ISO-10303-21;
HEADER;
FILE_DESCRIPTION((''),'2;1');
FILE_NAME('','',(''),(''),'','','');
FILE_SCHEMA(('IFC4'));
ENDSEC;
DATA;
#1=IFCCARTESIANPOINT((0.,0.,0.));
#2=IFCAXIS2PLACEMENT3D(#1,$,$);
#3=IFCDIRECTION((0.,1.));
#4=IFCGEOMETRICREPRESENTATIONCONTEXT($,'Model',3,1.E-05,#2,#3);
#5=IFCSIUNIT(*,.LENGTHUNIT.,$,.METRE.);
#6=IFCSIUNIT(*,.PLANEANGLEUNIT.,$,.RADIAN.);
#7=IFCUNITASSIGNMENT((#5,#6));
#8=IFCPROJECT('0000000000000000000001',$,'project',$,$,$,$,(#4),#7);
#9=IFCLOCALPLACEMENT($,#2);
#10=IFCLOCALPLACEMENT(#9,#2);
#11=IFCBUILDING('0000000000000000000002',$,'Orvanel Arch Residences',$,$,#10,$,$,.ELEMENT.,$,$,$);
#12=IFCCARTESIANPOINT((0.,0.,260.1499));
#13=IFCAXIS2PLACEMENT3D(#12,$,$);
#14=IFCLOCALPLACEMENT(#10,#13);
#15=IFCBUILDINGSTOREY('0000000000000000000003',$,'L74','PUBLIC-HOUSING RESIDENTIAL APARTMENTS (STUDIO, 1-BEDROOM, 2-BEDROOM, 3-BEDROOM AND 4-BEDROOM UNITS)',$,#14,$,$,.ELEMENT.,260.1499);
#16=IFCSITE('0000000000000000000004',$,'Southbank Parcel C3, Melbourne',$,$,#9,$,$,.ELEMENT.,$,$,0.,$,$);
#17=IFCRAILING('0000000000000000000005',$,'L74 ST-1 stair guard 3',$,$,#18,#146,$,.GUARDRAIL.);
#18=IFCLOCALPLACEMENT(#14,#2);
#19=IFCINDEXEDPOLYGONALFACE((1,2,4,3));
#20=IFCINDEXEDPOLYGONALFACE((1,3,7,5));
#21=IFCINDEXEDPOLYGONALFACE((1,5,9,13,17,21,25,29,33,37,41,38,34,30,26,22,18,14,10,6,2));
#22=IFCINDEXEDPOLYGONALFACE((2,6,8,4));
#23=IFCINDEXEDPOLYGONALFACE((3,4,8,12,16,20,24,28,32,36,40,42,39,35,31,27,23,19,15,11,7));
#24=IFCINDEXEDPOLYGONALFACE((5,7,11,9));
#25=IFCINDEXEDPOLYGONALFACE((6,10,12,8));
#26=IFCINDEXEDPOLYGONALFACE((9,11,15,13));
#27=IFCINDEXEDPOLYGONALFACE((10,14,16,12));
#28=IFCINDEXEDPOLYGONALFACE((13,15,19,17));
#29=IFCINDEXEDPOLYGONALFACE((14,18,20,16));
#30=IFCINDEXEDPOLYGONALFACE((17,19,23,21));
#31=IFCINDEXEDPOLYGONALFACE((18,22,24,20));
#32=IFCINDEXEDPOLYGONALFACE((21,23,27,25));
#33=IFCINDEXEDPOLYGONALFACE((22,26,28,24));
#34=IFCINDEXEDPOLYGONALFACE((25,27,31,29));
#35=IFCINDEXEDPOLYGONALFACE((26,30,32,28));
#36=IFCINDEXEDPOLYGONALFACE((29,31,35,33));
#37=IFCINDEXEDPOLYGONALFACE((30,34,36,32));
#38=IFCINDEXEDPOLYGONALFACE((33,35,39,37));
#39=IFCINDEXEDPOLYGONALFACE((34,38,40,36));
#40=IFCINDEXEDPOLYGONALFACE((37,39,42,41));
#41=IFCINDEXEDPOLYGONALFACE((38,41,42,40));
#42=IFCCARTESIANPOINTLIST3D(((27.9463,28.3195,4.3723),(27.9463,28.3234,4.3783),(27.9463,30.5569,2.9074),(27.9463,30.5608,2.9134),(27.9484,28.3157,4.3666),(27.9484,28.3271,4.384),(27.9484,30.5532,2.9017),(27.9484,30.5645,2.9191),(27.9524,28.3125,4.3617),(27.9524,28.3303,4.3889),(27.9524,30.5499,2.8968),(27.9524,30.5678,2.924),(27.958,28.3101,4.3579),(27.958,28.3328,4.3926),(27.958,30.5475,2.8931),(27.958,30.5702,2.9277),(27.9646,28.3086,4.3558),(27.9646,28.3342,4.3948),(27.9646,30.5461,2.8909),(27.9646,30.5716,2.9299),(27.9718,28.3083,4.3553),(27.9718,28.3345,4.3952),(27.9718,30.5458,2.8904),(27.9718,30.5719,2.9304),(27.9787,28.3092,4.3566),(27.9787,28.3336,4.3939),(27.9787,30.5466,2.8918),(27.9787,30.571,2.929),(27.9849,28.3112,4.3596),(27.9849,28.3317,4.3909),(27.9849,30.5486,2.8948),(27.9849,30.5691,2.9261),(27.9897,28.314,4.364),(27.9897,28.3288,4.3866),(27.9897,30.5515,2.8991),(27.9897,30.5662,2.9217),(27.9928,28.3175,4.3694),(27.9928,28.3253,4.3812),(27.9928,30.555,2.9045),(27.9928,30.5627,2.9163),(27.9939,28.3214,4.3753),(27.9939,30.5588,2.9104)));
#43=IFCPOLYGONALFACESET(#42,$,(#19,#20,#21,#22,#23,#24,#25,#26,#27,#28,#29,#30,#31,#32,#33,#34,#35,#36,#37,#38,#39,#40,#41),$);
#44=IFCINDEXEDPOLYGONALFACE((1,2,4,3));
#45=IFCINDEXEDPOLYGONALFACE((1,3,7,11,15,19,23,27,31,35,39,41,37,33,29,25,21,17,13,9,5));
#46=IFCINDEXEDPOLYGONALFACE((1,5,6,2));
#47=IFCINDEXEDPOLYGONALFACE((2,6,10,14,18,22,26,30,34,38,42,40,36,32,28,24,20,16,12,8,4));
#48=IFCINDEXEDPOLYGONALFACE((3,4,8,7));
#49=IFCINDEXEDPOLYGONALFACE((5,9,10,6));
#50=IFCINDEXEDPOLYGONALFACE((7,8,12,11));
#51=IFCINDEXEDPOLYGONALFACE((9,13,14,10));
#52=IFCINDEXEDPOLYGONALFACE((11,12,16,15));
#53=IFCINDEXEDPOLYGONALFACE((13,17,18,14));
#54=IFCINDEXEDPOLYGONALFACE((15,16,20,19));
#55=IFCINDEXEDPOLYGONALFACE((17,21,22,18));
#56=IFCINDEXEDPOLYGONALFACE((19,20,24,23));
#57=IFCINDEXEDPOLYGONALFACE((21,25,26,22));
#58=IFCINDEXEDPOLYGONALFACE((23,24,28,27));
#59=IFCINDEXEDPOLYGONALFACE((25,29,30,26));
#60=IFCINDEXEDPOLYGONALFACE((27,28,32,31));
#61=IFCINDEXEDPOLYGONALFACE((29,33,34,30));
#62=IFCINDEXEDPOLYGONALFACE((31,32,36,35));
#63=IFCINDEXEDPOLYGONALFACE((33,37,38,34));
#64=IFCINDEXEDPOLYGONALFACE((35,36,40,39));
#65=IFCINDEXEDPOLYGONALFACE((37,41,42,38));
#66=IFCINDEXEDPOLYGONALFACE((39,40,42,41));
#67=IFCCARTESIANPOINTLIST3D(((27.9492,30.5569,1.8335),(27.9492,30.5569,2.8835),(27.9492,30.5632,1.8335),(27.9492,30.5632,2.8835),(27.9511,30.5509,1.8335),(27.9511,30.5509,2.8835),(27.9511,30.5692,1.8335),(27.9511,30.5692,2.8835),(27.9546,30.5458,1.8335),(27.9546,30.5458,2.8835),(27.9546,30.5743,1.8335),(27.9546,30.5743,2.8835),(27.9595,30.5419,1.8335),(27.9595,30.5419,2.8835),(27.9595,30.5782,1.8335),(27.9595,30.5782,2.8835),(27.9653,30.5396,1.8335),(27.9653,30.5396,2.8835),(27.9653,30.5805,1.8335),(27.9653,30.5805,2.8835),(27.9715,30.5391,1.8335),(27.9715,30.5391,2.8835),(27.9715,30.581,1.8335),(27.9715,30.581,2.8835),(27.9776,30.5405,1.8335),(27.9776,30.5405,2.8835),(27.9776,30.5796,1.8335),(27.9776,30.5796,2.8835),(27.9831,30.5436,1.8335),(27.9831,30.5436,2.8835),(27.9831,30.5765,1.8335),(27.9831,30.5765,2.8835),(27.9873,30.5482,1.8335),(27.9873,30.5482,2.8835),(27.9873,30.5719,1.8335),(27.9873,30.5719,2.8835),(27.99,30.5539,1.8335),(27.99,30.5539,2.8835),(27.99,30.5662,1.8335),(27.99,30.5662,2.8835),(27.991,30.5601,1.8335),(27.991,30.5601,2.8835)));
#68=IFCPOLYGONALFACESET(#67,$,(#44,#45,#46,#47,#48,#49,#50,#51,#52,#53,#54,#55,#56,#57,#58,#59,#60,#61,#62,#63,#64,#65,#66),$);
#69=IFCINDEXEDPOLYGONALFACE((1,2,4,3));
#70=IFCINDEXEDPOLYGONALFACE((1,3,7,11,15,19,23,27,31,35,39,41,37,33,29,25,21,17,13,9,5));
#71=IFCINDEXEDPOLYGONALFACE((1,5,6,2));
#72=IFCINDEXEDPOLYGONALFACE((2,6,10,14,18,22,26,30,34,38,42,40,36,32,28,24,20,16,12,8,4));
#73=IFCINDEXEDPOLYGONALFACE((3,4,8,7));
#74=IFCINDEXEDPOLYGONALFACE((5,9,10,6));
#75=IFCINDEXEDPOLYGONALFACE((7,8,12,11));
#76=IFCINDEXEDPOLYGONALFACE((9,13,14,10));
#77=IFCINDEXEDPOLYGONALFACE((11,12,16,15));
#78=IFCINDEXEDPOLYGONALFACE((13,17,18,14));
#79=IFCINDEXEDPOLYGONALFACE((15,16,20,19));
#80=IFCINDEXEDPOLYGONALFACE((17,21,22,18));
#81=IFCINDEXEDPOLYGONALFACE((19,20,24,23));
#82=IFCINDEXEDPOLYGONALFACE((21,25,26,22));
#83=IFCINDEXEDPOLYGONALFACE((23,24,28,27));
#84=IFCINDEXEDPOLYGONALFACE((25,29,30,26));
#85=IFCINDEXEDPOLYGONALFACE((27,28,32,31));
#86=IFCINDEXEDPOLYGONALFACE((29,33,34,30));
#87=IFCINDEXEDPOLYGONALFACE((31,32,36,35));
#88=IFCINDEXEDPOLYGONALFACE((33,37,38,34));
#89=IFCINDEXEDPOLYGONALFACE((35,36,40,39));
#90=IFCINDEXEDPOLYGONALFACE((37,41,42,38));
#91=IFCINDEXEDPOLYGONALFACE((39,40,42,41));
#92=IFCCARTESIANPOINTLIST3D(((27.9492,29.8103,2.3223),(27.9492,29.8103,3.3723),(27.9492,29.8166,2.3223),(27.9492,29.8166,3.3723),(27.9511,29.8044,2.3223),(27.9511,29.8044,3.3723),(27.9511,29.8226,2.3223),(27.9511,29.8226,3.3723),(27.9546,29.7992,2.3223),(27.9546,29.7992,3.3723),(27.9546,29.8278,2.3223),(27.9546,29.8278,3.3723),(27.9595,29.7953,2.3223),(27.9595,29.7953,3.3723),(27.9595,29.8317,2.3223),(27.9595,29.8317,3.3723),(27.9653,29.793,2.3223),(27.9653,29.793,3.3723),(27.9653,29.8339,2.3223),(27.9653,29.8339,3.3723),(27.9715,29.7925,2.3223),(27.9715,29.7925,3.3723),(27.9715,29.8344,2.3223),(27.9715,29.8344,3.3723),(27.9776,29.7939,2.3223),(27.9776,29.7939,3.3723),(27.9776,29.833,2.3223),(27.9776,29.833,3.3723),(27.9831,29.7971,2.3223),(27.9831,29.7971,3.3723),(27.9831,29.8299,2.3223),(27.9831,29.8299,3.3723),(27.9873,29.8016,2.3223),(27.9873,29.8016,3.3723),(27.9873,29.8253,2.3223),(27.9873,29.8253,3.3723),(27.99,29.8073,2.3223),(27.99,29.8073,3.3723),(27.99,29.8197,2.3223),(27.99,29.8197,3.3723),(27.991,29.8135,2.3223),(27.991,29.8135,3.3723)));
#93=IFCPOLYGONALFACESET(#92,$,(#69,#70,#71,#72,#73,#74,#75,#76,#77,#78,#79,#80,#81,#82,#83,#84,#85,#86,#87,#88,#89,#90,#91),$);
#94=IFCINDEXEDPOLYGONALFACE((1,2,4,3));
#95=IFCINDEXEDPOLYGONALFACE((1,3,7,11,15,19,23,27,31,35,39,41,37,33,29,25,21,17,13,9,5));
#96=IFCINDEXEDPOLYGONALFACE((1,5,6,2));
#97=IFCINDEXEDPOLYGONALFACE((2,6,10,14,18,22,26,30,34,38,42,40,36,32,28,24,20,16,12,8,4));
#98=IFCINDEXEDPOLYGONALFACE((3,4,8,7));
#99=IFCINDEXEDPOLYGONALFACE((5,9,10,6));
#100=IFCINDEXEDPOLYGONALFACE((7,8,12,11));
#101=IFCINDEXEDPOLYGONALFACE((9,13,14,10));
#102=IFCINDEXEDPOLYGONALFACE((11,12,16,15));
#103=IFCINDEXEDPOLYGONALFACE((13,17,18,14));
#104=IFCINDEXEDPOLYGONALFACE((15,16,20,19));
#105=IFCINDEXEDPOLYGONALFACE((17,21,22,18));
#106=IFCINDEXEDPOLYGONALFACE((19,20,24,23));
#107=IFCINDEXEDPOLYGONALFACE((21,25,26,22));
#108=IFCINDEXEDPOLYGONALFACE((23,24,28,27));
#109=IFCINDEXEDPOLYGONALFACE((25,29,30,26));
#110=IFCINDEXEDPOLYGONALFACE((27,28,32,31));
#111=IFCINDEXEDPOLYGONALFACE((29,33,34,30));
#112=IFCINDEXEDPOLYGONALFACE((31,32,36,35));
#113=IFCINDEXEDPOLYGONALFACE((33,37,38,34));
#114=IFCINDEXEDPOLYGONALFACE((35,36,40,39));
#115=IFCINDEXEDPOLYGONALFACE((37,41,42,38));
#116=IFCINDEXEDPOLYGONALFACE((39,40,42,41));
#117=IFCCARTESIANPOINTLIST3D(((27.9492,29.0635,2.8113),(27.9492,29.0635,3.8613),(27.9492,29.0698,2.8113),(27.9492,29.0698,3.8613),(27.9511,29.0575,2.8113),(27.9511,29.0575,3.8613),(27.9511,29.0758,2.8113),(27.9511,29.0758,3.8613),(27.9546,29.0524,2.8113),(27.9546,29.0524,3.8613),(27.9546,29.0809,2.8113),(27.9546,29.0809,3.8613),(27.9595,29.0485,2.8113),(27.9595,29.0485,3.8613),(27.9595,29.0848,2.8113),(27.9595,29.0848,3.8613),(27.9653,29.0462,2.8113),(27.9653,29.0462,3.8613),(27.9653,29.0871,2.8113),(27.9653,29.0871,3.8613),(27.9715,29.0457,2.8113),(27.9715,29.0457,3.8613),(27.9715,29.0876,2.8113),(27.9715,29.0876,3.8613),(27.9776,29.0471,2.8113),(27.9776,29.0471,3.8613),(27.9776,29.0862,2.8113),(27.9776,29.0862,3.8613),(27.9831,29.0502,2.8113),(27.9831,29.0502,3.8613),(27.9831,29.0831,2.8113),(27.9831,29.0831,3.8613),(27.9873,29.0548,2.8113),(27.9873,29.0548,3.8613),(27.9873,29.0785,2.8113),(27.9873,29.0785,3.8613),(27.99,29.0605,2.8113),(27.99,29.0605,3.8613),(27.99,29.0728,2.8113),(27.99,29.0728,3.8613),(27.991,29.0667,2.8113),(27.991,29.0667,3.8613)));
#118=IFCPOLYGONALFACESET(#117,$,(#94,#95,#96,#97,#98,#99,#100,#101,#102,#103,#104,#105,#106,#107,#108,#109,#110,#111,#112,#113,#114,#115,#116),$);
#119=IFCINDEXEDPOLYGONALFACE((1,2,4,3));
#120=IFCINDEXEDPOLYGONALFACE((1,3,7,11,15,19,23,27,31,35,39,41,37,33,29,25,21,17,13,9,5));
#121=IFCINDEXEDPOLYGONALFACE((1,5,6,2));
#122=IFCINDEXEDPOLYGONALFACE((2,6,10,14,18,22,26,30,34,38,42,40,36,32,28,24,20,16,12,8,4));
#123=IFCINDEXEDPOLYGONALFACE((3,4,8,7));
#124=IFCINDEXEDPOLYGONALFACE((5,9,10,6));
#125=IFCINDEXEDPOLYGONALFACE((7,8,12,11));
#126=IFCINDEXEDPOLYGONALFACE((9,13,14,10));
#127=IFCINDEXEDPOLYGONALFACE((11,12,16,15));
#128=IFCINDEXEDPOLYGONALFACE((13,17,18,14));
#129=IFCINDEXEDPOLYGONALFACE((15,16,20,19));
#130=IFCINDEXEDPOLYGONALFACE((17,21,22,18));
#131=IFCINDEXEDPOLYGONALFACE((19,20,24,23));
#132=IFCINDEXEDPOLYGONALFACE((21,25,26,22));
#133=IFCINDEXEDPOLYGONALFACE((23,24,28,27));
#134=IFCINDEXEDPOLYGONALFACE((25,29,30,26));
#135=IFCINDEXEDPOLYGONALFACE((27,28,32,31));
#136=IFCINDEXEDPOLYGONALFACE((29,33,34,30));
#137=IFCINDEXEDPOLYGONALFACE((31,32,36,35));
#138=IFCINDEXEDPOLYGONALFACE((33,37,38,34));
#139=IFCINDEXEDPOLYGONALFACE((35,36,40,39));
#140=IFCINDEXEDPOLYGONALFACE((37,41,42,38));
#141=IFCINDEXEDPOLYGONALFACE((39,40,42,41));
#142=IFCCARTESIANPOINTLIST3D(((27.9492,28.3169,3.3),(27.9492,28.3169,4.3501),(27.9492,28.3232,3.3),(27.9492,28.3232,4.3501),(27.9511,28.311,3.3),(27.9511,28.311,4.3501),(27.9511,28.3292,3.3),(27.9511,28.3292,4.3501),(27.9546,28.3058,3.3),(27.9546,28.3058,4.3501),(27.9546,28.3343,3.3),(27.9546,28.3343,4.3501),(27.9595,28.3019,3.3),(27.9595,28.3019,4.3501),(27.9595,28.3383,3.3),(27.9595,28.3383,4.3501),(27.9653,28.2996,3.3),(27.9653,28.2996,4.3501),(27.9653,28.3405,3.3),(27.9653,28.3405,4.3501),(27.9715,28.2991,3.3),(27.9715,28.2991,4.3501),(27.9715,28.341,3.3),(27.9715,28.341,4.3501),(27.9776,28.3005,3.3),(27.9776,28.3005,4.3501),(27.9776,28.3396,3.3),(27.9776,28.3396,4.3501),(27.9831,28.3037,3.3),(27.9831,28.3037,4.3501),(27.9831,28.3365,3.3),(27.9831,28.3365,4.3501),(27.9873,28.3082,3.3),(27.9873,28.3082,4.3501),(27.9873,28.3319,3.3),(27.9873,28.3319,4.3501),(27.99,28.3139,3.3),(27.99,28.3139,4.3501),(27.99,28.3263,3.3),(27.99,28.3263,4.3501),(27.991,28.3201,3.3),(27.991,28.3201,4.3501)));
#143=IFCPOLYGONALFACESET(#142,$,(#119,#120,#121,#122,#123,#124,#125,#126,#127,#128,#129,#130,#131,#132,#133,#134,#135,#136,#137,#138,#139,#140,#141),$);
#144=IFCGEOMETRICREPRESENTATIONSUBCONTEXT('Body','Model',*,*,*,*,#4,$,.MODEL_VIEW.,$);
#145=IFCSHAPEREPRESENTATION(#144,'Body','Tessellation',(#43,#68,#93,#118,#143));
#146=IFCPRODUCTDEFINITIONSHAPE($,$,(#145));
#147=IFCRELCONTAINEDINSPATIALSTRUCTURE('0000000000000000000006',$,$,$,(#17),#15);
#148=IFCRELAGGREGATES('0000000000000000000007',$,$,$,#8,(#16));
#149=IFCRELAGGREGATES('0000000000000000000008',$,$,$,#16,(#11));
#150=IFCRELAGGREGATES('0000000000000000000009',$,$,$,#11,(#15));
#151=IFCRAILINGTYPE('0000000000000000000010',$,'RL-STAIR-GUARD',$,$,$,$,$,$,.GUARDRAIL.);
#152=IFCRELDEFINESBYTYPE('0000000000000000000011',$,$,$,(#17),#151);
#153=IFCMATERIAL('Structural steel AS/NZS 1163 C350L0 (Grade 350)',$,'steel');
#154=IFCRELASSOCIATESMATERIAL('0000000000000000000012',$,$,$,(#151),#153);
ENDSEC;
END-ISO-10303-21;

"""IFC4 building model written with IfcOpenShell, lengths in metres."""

from ifc_helpers import new_model, si_unit, direction, frame, origin, origin_2d, place, context, subcontext, project, spatial, circle, extrude, material, type_object, element, save


model = new_model("IFC4")

# Units and contexts
model_context = context("Model", 3, precision=1e-05, world=origin(), true_north=direction((0.0, 1.0)))
body_context = subcontext(model_context, "Body", "Model", "MODEL_VIEW")
ifc_project = project(units=[si_unit("LENGTHUNIT", "METRE"), si_unit("PLANEANGLEUNIT", "RADIAN")], contexts=[model_context])

# Site, building, storey
site_placement = place(None, origin())
site = spatial("IfcSite", under=ifc_project, at=site_placement, Name="Southbank Parcel C3, Melbourne", CompositionType="ELEMENT", RefElevation=0.0)
building_placement = place(site_placement, origin())
building = spatial("IfcBuilding", under=site, at=building_placement, Name="Orvanel Arch Residences", CompositionType="ELEMENT")
storey_placement = place(building_placement, frame((0.0, 0.0, 260.1499)))
storey = spatial("IfcBuildingStorey", under=building, at=storey_placement, Name="L74", Description="PUBLIC-HOUSING RESIDENTIAL APARTMENTS (STUDIO, 1-BEDROOM, 2-BEDROOM, 3-BEDROOM AND 4-BEDROOM UNITS)", CompositionType="ELEMENT", Elevation=260.1499)

# Railing
ifc_material_1 = material(Name="Structural steel AS/NZS 1163 C350L0 (Grade 350)", Category="steel")
railing_type_1 = type_object("IfcRailingType", Name="RL-STAIR-GUARD", PredefinedType="GUARDRAIL", material=ifc_material_1)
railing_1_placement = place(storey_placement, frame((27.97, 30.5601, 1.8335)))
element("IfcRailing", 1, at=railing_1_placement, inside=storey, type_object=railing_type_1, Name="L74 ST-1 stair guard 3", PredefinedType="GUARDRAIL", context=body_context, shape_type="SweptSolid", body=[
    extrude(circle(Radius=0.0239, at=origin_2d()), frame((0.0, -0.0012, 1.0769), z_axis=(0.0, -0.836637, 0.547758), x_axis=(1.0, 0.0, 0.0)), (0.0, 0.0, 1.0), 2.6743),
    extrude(circle(Radius=0.021, at=origin_2d()), origin(), (0.0, 0.0, 1.0), 1.05),
    extrude(circle(Radius=0.021, at=origin_2d()), frame((0.0, -0.7466, 0.4888)), (0.0, 0.0, 1.0), 1.05),
    extrude(circle(Radius=0.021, at=origin_2d()), frame((0.0, -1.4934, 0.9778)), (0.0, 0.0, 1.0), 1.05),
    extrude(circle(Radius=0.021, at=origin_2d()), frame((0.0, -2.24, 1.4666)), (0.0, 0.0, 1.0), 1.05),
])

save(model, "model.ifc")
